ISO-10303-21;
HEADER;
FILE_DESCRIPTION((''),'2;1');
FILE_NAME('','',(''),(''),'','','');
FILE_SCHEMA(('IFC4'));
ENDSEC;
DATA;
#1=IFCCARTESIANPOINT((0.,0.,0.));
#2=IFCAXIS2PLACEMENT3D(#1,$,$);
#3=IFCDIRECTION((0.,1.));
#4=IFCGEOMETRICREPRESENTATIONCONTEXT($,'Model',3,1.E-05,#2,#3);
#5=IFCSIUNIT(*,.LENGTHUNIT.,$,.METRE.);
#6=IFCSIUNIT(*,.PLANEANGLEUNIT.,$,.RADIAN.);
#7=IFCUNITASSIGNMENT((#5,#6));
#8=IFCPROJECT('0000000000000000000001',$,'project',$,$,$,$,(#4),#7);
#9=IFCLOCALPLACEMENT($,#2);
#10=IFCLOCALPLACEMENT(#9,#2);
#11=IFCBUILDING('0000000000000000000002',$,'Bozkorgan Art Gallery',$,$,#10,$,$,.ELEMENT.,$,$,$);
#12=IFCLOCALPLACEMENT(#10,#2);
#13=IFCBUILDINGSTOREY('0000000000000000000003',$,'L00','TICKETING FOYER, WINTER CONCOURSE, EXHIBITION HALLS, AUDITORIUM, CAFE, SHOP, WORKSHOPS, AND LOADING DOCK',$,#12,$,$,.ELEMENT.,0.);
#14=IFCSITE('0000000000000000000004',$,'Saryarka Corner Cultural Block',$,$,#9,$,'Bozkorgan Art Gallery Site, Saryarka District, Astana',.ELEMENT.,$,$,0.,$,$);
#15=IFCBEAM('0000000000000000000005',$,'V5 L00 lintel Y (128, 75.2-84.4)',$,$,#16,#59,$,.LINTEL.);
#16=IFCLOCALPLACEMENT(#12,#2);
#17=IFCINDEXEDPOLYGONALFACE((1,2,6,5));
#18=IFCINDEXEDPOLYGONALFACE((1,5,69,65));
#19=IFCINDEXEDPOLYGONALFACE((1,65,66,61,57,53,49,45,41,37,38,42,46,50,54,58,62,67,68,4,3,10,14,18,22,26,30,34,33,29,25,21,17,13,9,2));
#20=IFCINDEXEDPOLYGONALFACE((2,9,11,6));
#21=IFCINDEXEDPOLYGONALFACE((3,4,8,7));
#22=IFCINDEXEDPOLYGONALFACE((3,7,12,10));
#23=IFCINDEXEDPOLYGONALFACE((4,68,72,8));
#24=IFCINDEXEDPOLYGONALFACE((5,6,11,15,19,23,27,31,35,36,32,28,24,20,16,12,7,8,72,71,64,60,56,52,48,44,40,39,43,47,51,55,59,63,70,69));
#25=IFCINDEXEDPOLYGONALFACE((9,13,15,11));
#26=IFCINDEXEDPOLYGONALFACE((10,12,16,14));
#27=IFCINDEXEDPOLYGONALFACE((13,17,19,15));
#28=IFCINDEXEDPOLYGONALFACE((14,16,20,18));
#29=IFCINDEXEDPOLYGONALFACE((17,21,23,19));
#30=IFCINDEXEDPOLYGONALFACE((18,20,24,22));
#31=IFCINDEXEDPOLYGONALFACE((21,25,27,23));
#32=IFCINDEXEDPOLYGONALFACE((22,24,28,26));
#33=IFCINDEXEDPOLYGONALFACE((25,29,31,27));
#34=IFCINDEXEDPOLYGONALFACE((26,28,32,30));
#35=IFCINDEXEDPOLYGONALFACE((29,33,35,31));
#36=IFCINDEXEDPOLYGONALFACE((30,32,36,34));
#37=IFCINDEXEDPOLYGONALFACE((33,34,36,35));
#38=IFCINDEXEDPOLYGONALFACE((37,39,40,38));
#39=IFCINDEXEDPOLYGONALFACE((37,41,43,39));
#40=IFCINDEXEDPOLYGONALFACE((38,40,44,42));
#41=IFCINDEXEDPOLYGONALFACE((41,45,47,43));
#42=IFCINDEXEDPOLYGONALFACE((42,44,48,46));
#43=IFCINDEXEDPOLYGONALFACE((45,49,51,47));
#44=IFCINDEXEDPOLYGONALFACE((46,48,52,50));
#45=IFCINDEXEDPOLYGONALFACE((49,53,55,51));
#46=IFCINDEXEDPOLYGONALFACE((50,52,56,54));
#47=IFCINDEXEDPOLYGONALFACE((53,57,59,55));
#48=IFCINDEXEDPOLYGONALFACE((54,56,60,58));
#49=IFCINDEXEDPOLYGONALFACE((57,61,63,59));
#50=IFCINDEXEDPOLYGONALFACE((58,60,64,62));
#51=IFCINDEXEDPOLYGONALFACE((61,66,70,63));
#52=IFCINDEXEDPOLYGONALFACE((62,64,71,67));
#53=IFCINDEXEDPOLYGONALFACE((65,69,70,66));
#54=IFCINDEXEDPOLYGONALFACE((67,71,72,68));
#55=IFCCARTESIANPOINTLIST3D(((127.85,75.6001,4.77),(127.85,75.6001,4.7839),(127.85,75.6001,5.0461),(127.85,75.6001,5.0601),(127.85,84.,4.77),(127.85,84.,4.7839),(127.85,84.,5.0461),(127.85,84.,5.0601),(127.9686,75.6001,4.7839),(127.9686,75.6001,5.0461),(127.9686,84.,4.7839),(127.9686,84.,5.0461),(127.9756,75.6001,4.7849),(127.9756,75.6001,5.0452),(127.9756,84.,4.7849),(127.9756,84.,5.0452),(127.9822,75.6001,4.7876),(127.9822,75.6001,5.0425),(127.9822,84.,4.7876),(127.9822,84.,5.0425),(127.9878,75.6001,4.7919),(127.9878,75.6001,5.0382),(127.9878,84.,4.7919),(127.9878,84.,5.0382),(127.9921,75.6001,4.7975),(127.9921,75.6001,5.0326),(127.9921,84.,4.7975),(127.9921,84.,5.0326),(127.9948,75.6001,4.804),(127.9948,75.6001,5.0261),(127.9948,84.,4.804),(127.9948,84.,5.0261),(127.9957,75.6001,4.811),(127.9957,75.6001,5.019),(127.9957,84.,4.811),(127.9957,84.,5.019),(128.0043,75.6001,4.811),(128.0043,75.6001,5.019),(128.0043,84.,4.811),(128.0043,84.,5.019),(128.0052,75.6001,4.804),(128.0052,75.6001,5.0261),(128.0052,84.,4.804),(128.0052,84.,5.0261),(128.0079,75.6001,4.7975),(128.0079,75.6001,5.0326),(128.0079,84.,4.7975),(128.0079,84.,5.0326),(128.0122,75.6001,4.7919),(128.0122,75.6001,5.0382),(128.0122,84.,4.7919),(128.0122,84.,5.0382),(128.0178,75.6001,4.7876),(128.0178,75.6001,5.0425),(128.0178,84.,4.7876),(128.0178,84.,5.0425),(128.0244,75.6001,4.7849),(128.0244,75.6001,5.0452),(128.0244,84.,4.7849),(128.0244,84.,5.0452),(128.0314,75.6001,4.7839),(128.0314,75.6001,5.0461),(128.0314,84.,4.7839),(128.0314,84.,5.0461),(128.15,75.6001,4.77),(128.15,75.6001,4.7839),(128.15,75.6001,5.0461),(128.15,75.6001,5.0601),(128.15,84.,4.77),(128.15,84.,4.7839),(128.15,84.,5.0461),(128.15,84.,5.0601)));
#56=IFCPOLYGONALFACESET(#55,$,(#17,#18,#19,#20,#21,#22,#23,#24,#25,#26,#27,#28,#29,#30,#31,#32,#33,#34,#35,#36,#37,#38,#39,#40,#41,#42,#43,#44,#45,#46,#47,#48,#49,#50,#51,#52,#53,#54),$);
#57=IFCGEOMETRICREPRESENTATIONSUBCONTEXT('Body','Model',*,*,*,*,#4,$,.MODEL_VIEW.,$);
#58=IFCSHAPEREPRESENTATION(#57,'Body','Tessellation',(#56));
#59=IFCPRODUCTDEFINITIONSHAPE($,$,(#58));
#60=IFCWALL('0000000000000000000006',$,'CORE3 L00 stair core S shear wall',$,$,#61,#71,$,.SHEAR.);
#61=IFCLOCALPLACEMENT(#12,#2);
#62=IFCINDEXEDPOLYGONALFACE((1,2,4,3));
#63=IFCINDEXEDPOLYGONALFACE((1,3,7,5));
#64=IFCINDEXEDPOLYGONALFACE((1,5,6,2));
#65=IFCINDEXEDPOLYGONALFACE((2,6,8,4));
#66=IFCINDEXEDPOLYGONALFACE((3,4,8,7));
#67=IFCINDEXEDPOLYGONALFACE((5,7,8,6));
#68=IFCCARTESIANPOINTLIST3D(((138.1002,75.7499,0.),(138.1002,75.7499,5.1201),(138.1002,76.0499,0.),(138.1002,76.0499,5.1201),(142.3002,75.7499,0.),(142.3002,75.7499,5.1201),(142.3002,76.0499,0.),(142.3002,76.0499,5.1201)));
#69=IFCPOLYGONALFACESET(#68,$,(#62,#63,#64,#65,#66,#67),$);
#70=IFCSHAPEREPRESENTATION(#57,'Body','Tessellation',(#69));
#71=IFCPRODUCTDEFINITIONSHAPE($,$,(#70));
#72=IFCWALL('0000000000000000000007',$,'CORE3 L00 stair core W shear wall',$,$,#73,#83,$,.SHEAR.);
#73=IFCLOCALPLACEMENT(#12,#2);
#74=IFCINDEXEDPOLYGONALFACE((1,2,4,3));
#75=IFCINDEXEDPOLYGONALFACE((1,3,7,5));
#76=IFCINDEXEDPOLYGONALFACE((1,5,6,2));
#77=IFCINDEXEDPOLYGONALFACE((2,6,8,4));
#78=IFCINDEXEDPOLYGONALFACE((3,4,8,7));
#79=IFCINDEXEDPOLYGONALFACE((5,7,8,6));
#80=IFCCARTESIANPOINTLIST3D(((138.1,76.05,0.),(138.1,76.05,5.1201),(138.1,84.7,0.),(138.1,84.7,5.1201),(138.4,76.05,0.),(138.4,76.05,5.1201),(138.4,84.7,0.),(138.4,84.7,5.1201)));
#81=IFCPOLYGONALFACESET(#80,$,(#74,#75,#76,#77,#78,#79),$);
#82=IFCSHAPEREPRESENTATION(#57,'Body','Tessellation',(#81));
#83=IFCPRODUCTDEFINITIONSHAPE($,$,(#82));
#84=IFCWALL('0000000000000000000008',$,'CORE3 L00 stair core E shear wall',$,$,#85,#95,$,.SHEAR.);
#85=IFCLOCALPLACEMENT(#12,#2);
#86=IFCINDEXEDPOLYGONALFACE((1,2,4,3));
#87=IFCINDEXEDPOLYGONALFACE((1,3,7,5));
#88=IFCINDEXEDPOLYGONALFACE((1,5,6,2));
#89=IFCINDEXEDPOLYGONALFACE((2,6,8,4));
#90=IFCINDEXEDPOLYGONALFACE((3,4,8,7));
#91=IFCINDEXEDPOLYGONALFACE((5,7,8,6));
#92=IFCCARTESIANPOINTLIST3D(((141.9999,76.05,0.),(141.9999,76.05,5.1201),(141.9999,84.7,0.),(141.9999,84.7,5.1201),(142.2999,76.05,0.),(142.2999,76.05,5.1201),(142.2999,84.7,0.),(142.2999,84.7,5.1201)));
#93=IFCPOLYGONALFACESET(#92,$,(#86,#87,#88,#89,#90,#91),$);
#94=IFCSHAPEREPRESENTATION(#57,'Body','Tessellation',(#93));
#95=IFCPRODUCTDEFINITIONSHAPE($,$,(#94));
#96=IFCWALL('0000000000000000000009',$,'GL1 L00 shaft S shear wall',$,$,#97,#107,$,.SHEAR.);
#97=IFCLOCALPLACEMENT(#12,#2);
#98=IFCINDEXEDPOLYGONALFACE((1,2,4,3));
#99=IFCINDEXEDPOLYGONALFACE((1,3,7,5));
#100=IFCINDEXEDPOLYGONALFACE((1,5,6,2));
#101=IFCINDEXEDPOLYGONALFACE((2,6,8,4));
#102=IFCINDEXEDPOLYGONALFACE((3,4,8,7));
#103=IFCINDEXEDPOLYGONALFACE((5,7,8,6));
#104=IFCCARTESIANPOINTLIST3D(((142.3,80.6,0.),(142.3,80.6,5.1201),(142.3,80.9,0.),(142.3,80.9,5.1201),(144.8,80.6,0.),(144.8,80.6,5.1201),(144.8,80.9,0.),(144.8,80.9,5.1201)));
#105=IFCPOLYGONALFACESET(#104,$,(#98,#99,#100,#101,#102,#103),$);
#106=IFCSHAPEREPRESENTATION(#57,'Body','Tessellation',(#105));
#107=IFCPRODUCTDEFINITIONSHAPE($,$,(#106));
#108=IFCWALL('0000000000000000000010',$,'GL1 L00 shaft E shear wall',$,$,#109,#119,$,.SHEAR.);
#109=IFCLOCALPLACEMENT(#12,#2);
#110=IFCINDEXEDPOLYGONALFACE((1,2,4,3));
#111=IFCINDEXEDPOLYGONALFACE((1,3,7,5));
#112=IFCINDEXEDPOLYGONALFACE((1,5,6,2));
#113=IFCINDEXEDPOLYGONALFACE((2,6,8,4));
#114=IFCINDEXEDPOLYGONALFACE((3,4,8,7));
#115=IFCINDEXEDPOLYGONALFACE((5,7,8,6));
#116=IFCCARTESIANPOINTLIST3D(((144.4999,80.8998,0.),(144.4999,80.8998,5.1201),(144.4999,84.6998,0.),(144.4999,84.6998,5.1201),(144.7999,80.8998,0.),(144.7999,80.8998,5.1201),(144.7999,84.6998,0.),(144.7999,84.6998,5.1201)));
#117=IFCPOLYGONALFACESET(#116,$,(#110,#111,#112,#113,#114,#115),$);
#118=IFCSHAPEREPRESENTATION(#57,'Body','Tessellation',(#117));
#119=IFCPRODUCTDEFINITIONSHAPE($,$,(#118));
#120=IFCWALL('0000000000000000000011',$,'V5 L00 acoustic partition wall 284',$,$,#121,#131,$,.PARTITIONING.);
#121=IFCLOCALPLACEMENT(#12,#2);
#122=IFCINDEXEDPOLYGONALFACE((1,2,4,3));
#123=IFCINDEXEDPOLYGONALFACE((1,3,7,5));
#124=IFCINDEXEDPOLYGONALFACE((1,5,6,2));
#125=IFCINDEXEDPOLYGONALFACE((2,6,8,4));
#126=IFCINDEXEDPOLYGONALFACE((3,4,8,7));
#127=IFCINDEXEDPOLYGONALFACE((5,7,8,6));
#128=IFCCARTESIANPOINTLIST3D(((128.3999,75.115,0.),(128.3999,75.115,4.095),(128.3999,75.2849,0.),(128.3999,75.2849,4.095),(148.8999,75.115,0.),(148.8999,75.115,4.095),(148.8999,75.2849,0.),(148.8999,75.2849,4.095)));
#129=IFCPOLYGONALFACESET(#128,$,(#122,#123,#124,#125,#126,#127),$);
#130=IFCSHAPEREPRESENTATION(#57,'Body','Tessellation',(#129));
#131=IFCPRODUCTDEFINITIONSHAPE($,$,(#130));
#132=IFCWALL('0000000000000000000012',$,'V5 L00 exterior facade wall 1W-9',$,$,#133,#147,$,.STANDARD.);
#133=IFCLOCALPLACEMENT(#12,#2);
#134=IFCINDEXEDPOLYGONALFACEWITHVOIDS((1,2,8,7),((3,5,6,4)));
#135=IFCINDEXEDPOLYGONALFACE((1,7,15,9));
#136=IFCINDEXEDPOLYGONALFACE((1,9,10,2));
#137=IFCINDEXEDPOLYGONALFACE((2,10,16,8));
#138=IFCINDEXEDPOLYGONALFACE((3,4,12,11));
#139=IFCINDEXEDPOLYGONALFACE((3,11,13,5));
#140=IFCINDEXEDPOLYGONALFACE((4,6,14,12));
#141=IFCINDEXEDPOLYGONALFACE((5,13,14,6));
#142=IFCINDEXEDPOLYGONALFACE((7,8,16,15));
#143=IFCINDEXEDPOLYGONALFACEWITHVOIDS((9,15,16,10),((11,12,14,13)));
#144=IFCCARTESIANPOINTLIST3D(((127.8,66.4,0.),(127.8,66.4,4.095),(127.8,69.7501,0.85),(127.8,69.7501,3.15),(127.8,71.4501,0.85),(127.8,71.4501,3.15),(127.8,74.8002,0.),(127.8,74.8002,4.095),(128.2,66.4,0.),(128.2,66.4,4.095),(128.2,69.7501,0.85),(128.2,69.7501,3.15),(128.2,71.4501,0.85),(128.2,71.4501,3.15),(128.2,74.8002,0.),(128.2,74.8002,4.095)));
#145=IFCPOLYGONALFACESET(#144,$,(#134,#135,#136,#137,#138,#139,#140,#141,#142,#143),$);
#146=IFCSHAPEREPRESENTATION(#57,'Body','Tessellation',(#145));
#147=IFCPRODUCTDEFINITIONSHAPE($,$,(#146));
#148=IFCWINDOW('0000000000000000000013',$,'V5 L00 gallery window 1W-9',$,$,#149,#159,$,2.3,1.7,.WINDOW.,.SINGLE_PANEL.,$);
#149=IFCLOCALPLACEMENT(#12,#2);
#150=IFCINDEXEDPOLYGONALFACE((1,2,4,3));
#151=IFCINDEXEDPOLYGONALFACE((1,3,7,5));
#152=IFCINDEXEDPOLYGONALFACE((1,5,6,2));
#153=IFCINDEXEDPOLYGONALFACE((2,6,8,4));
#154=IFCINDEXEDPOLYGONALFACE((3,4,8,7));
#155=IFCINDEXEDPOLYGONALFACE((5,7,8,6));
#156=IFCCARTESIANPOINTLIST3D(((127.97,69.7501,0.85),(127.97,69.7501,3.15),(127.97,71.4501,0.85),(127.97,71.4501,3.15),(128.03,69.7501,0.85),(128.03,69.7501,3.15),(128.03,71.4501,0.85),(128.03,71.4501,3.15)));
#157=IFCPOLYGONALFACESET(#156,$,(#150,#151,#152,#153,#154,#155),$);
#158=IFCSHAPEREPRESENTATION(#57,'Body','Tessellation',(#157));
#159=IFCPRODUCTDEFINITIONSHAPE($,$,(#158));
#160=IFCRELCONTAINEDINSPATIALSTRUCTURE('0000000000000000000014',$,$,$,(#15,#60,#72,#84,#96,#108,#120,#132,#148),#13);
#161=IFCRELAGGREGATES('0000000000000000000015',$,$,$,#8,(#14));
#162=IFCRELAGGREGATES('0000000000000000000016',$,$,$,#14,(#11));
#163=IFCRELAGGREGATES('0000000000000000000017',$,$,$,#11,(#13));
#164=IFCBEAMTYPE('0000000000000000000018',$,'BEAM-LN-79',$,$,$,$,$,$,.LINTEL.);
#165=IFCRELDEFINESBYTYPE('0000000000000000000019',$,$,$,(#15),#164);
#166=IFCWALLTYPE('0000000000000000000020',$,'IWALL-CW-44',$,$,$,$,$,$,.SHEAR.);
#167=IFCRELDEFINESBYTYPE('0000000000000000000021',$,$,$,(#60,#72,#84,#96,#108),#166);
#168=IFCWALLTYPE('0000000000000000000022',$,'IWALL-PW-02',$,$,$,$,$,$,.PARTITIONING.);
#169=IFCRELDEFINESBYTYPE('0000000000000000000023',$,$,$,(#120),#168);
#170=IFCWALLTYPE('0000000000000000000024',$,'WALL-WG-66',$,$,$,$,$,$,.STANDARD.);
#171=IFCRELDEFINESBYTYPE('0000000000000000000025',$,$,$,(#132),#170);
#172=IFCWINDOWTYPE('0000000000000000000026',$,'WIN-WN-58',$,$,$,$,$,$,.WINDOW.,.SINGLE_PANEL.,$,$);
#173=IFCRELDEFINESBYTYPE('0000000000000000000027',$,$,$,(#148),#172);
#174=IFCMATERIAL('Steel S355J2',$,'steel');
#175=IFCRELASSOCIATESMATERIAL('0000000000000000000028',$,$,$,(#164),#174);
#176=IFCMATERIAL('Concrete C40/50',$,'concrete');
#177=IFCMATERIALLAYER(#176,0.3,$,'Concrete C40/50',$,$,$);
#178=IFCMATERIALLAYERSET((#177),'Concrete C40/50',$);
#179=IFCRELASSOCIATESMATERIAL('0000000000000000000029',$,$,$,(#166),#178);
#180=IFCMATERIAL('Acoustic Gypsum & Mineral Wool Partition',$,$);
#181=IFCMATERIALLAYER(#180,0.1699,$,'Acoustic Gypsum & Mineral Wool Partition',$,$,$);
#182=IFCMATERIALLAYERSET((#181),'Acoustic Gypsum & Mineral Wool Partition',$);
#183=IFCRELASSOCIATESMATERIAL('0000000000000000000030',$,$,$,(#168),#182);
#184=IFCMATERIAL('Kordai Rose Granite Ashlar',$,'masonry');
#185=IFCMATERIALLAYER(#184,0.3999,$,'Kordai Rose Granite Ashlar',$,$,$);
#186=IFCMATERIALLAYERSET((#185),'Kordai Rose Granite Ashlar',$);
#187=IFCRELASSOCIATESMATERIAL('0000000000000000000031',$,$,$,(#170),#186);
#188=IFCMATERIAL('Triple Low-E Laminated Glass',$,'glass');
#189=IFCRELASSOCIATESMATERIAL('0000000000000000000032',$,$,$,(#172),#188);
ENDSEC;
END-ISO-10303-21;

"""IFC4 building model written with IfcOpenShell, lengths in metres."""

from ifc_helpers import new_model, si_unit, direction, frame, frame_2d, origin, origin_2d, place, context, subcontext, project, spatial, rectangle, i_section, extrude, material, layer, layer_set, material_profile, profile_set, type_object, element, fill, save


model = new_model("IFC4")

# Units and contexts
model_context = context("Model", 3, precision=1e-05, world=origin(), true_north=direction((0.0, 1.0)))
body_context = subcontext(model_context, "Body", "Model", "MODEL_VIEW")
ifc_project = project(units=[si_unit("LENGTHUNIT", "METRE"), si_unit("PLANEANGLEUNIT", "RADIAN")], contexts=[model_context])

# Site, building, storey
site_placement = place(None, origin())
site = spatial("IfcSite", under=ifc_project, at=site_placement, Name="Saryarka Corner Cultural Block", LongName="Bozkorgan Art Gallery Site, Saryarka District, Astana", CompositionType="ELEMENT", RefElevation=0.0)
building_placement = place(site_placement, origin())
building = spatial("IfcBuilding", under=site, at=building_placement, Name="Bozkorgan Art Gallery", CompositionType="ELEMENT")
storey_placement = place(building_placement, origin())
storey = spatial("IfcBuildingStorey", under=building, at=storey_placement, Name="L00", Description="TICKETING FOYER, WINTER CONCOURSE, EXHIBITION HALLS, AUDITORIUM, CAFE, SHOP, WORKSHOPS, AND LOADING DOCK", CompositionType="ELEMENT", Elevation=0.0)

# Shared definitions
ifc_material_1 = material(Name="Concrete C40/50", Category="concrete")

# Beam
ifc_material_2 = material(Name="Steel S355J2", Category="steel")
ifc_material_profile_1 = material_profile(ifc_material_2, i_section(OverallWidth=0.3, OverallDepth=0.29, WebThickness=0.0085, FlangeThickness=0.0139, FilletRadius=0.0271, at=origin_2d()), Name="HEA 300")
ifc_profile_set_1 = profile_set([ifc_material_profile_1], Name="Steel S355J2")
beam_type_1 = type_object("IfcBeamType", Name="BEAM-LN-79", PredefinedType="LINTEL", material=ifc_profile_set_1)
beam_1_placement = place(storey_placement, frame((128.0, 75.6001, 4.915), z_axis=(0.0, 1.0, 0.0), x_axis=(-1.0, 0.0, 0.0)))
element("IfcBeam", 1, at=beam_1_placement, inside=storey, type_object=beam_type_1, Name="V5 L00 lintel Y (128, 75.2-84.4)", PredefinedType="LINTEL", context=body_context, shape_type="SweptSolid", body=[
    extrude(i_section(OverallWidth=0.3, OverallDepth=0.29, WebThickness=0.0085, FlangeThickness=0.0139, FilletRadius=0.0271, at=origin_2d()), origin(), (0.0, 0.0, 1.0), 8.3999),
])

# Walls
ifc_layer_1 = layer(ifc_material_1, 0.3, Name="Concrete C40/50")
ifc_layer_set_1 = layer_set([ifc_layer_1], Name="Concrete C40/50")
wall_type_1 = type_object("IfcWallType", Name="IWALL-CW-44", PredefinedType="SHEAR", material=ifc_layer_set_1)
wall_1_placement = place(storey_placement, frame((138.1001, 75.8999, 0.0), z_axis=(0.0, 0.0, 1.0), x_axis=(1.0, 0.0, 0.0)))
element("IfcWall", 2, at=wall_1_placement, inside=storey, type_object=wall_type_1, Name="CORE3 L00 stair core S shear wall", PredefinedType="SHEAR", context=body_context, shape_type="SweptSolid", body=[
    extrude(rectangle(XDim=4.2, YDim=0.3, at=frame_2d((2.1001, 0.0))), origin(), (0.0, 0.0, 1.0), 5.1201),
])
for number, where, z_axis, x_axis, name in (
    (3, (138.25, 76.05, 0.0), (0.0, 0.0, 1.0), (0.0, 1.0, 0.0), "CORE3 L00 stair core W shear wall"),
    (4, (142.1499, 76.05, 0.0), (0.0, 0.0, 1.0), (0.0, 1.0, 0.0), "CORE3 L00 stair core E shear wall"),
):
    element("IfcWall", number, at=place(storey_placement, frame(where, z_axis=z_axis, x_axis=x_axis)), inside=storey, type_object=wall_type_1, Name=name, PredefinedType="SHEAR", context=body_context, shape_type="SweptSolid", body=[
        extrude(rectangle(XDim=8.6499, YDim=0.3, at=frame_2d((4.325, 0.0))), origin(), (0.0, 0.0, 1.0), 5.1201),
    ])
wall_2_placement = place(storey_placement, frame((142.3, 80.75, 0.0), z_axis=(0.0, 0.0, 1.0), x_axis=(1.0, 0.0, 0.0)))
element("IfcWall", 5, at=wall_2_placement, inside=storey, type_object=wall_type_1, Name="GL1 L00 shaft S shear wall", PredefinedType="SHEAR", context=body_context, shape_type="SweptSolid", body=[
    extrude(rectangle(XDim=2.5, YDim=0.3, at=frame_2d((1.25, 0.0))), origin(), (0.0, 0.0, 1.0), 5.1201),
])
wall_3_placement = place(storey_placement, frame((144.6499, 80.8999, 0.0), z_axis=(0.0, 0.0, 1.0), x_axis=(0.0, 1.0, 0.0)))
element("IfcWall", 6, at=wall_3_placement, inside=storey, type_object=wall_type_1, Name="GL1 L00 shaft E shear wall", PredefinedType="SHEAR", context=body_context, shape_type="SweptSolid", body=[
    extrude(rectangle(XDim=3.8, YDim=0.3, at=frame_2d((1.8999, 0.0))), origin(), (0.0, 0.0, 1.0), 5.1201),
])
ifc_material_3 = material(Name="Acoustic Gypsum & Mineral Wool Partition")
ifc_layer_2 = layer(ifc_material_3, 0.1699, Name="Acoustic Gypsum & Mineral Wool Partition")
ifc_layer_set_2 = layer_set([ifc_layer_2], Name="Acoustic Gypsum & Mineral Wool Partition")
wall_type_2 = type_object("IfcWallType", Name="IWALL-PW-02", PredefinedType="PARTITIONING", material=ifc_layer_set_2)
wall_4_placement = place(storey_placement, frame((128.3999, 75.2, 0.0), z_axis=(0.0, 0.0, 1.0), x_axis=(1.0, 0.0, 0.0)))
element("IfcWall", 7, at=wall_4_placement, inside=storey, type_object=wall_type_2, Name="V5 L00 acoustic partition wall 284", PredefinedType="PARTITIONING", context=body_context, shape_type="SweptSolid", body=[
    extrude(rectangle(XDim=20.5, YDim=0.1699, at=frame_2d((10.25, 0.0))), origin(), (0.0, 0.0, 1.0), 4.095),
])

# Wall, opening, window
ifc_material_4 = material(Name="Kordai Rose Granite Ashlar", Category="masonry")
ifc_layer_3 = layer(ifc_material_4, 0.3999, Name="Kordai Rose Granite Ashlar")
ifc_layer_set_3 = layer_set([ifc_layer_3], Name="Kordai Rose Granite Ashlar")
wall_type_3 = type_object("IfcWallType", Name="WALL-WG-66", PredefinedType="STANDARD", material=ifc_layer_set_3)
wall_5_placement = place(storey_placement, frame((128.0, 66.3999, 0.0), z_axis=(0.0, 0.0, 1.0), x_axis=(0.0, 1.0, 0.0)))
wall_5 = element("IfcWall", 8, at=wall_5_placement, inside=storey, type_object=wall_type_3, Name="V5 L00 exterior facade wall 1W-9", PredefinedType="STANDARD", context=body_context, shape_type="SweptSolid", body=[
    extrude(rectangle(XDim=8.4001, YDim=0.3999, at=frame_2d((4.2002, 0.0))), origin(), (0.0, 0.0, 1.0), 4.095),
])
opening_1_placement = place(wall_5_placement, frame((3.3501, 0.0, 0.8501)))
opening_1 = element("IfcOpeningElement", 9, at=opening_1_placement, cuts=wall_5, PredefinedType="OPENING", context=body_context, shape_type="SweptSolid", body=[
    extrude(rectangle(XDim=1.7, YDim=2.3, at=frame_2d((0.8501, 1.1499))), frame((0.0, 0.21, 0.0), z_axis=(0.0, -1.0, 0.0), x_axis=(1.0, 0.0, 0.0)), (0.0, 0.0, 1.0), 0.4199),
])
ifc_material_5 = material(Name="Triple Low-E Laminated Glass", Category="glass")
window_type = type_object("IfcWindowType", Name="WIN-WN-58", PartitioningType="SINGLE_PANEL", PredefinedType="WINDOW", material=ifc_material_5)
window_placement = place(opening_1_placement, origin())
window = element("IfcWindow", 10, at=window_placement, inside=storey, type_object=window_type, Name="V5 L00 gallery window 1W-9", OverallHeight=2.3, OverallWidth=1.7, PartitioningType="SINGLE_PANEL", PredefinedType="WINDOW", context=body_context, shape_type="SweptSolid", body=[
    extrude(rectangle(XDim=1.7, YDim=2.3, at=frame_2d((0.8501, 1.1499))), frame((0.0, 0.03, 0.0), z_axis=(0.0, -1.0, 0.0), x_axis=(1.0, 0.0, 0.0)), (0.0, 0.0, 1.0), 0.0601),
])
fill(opening_1, window)

save(model, "model.ifc")
